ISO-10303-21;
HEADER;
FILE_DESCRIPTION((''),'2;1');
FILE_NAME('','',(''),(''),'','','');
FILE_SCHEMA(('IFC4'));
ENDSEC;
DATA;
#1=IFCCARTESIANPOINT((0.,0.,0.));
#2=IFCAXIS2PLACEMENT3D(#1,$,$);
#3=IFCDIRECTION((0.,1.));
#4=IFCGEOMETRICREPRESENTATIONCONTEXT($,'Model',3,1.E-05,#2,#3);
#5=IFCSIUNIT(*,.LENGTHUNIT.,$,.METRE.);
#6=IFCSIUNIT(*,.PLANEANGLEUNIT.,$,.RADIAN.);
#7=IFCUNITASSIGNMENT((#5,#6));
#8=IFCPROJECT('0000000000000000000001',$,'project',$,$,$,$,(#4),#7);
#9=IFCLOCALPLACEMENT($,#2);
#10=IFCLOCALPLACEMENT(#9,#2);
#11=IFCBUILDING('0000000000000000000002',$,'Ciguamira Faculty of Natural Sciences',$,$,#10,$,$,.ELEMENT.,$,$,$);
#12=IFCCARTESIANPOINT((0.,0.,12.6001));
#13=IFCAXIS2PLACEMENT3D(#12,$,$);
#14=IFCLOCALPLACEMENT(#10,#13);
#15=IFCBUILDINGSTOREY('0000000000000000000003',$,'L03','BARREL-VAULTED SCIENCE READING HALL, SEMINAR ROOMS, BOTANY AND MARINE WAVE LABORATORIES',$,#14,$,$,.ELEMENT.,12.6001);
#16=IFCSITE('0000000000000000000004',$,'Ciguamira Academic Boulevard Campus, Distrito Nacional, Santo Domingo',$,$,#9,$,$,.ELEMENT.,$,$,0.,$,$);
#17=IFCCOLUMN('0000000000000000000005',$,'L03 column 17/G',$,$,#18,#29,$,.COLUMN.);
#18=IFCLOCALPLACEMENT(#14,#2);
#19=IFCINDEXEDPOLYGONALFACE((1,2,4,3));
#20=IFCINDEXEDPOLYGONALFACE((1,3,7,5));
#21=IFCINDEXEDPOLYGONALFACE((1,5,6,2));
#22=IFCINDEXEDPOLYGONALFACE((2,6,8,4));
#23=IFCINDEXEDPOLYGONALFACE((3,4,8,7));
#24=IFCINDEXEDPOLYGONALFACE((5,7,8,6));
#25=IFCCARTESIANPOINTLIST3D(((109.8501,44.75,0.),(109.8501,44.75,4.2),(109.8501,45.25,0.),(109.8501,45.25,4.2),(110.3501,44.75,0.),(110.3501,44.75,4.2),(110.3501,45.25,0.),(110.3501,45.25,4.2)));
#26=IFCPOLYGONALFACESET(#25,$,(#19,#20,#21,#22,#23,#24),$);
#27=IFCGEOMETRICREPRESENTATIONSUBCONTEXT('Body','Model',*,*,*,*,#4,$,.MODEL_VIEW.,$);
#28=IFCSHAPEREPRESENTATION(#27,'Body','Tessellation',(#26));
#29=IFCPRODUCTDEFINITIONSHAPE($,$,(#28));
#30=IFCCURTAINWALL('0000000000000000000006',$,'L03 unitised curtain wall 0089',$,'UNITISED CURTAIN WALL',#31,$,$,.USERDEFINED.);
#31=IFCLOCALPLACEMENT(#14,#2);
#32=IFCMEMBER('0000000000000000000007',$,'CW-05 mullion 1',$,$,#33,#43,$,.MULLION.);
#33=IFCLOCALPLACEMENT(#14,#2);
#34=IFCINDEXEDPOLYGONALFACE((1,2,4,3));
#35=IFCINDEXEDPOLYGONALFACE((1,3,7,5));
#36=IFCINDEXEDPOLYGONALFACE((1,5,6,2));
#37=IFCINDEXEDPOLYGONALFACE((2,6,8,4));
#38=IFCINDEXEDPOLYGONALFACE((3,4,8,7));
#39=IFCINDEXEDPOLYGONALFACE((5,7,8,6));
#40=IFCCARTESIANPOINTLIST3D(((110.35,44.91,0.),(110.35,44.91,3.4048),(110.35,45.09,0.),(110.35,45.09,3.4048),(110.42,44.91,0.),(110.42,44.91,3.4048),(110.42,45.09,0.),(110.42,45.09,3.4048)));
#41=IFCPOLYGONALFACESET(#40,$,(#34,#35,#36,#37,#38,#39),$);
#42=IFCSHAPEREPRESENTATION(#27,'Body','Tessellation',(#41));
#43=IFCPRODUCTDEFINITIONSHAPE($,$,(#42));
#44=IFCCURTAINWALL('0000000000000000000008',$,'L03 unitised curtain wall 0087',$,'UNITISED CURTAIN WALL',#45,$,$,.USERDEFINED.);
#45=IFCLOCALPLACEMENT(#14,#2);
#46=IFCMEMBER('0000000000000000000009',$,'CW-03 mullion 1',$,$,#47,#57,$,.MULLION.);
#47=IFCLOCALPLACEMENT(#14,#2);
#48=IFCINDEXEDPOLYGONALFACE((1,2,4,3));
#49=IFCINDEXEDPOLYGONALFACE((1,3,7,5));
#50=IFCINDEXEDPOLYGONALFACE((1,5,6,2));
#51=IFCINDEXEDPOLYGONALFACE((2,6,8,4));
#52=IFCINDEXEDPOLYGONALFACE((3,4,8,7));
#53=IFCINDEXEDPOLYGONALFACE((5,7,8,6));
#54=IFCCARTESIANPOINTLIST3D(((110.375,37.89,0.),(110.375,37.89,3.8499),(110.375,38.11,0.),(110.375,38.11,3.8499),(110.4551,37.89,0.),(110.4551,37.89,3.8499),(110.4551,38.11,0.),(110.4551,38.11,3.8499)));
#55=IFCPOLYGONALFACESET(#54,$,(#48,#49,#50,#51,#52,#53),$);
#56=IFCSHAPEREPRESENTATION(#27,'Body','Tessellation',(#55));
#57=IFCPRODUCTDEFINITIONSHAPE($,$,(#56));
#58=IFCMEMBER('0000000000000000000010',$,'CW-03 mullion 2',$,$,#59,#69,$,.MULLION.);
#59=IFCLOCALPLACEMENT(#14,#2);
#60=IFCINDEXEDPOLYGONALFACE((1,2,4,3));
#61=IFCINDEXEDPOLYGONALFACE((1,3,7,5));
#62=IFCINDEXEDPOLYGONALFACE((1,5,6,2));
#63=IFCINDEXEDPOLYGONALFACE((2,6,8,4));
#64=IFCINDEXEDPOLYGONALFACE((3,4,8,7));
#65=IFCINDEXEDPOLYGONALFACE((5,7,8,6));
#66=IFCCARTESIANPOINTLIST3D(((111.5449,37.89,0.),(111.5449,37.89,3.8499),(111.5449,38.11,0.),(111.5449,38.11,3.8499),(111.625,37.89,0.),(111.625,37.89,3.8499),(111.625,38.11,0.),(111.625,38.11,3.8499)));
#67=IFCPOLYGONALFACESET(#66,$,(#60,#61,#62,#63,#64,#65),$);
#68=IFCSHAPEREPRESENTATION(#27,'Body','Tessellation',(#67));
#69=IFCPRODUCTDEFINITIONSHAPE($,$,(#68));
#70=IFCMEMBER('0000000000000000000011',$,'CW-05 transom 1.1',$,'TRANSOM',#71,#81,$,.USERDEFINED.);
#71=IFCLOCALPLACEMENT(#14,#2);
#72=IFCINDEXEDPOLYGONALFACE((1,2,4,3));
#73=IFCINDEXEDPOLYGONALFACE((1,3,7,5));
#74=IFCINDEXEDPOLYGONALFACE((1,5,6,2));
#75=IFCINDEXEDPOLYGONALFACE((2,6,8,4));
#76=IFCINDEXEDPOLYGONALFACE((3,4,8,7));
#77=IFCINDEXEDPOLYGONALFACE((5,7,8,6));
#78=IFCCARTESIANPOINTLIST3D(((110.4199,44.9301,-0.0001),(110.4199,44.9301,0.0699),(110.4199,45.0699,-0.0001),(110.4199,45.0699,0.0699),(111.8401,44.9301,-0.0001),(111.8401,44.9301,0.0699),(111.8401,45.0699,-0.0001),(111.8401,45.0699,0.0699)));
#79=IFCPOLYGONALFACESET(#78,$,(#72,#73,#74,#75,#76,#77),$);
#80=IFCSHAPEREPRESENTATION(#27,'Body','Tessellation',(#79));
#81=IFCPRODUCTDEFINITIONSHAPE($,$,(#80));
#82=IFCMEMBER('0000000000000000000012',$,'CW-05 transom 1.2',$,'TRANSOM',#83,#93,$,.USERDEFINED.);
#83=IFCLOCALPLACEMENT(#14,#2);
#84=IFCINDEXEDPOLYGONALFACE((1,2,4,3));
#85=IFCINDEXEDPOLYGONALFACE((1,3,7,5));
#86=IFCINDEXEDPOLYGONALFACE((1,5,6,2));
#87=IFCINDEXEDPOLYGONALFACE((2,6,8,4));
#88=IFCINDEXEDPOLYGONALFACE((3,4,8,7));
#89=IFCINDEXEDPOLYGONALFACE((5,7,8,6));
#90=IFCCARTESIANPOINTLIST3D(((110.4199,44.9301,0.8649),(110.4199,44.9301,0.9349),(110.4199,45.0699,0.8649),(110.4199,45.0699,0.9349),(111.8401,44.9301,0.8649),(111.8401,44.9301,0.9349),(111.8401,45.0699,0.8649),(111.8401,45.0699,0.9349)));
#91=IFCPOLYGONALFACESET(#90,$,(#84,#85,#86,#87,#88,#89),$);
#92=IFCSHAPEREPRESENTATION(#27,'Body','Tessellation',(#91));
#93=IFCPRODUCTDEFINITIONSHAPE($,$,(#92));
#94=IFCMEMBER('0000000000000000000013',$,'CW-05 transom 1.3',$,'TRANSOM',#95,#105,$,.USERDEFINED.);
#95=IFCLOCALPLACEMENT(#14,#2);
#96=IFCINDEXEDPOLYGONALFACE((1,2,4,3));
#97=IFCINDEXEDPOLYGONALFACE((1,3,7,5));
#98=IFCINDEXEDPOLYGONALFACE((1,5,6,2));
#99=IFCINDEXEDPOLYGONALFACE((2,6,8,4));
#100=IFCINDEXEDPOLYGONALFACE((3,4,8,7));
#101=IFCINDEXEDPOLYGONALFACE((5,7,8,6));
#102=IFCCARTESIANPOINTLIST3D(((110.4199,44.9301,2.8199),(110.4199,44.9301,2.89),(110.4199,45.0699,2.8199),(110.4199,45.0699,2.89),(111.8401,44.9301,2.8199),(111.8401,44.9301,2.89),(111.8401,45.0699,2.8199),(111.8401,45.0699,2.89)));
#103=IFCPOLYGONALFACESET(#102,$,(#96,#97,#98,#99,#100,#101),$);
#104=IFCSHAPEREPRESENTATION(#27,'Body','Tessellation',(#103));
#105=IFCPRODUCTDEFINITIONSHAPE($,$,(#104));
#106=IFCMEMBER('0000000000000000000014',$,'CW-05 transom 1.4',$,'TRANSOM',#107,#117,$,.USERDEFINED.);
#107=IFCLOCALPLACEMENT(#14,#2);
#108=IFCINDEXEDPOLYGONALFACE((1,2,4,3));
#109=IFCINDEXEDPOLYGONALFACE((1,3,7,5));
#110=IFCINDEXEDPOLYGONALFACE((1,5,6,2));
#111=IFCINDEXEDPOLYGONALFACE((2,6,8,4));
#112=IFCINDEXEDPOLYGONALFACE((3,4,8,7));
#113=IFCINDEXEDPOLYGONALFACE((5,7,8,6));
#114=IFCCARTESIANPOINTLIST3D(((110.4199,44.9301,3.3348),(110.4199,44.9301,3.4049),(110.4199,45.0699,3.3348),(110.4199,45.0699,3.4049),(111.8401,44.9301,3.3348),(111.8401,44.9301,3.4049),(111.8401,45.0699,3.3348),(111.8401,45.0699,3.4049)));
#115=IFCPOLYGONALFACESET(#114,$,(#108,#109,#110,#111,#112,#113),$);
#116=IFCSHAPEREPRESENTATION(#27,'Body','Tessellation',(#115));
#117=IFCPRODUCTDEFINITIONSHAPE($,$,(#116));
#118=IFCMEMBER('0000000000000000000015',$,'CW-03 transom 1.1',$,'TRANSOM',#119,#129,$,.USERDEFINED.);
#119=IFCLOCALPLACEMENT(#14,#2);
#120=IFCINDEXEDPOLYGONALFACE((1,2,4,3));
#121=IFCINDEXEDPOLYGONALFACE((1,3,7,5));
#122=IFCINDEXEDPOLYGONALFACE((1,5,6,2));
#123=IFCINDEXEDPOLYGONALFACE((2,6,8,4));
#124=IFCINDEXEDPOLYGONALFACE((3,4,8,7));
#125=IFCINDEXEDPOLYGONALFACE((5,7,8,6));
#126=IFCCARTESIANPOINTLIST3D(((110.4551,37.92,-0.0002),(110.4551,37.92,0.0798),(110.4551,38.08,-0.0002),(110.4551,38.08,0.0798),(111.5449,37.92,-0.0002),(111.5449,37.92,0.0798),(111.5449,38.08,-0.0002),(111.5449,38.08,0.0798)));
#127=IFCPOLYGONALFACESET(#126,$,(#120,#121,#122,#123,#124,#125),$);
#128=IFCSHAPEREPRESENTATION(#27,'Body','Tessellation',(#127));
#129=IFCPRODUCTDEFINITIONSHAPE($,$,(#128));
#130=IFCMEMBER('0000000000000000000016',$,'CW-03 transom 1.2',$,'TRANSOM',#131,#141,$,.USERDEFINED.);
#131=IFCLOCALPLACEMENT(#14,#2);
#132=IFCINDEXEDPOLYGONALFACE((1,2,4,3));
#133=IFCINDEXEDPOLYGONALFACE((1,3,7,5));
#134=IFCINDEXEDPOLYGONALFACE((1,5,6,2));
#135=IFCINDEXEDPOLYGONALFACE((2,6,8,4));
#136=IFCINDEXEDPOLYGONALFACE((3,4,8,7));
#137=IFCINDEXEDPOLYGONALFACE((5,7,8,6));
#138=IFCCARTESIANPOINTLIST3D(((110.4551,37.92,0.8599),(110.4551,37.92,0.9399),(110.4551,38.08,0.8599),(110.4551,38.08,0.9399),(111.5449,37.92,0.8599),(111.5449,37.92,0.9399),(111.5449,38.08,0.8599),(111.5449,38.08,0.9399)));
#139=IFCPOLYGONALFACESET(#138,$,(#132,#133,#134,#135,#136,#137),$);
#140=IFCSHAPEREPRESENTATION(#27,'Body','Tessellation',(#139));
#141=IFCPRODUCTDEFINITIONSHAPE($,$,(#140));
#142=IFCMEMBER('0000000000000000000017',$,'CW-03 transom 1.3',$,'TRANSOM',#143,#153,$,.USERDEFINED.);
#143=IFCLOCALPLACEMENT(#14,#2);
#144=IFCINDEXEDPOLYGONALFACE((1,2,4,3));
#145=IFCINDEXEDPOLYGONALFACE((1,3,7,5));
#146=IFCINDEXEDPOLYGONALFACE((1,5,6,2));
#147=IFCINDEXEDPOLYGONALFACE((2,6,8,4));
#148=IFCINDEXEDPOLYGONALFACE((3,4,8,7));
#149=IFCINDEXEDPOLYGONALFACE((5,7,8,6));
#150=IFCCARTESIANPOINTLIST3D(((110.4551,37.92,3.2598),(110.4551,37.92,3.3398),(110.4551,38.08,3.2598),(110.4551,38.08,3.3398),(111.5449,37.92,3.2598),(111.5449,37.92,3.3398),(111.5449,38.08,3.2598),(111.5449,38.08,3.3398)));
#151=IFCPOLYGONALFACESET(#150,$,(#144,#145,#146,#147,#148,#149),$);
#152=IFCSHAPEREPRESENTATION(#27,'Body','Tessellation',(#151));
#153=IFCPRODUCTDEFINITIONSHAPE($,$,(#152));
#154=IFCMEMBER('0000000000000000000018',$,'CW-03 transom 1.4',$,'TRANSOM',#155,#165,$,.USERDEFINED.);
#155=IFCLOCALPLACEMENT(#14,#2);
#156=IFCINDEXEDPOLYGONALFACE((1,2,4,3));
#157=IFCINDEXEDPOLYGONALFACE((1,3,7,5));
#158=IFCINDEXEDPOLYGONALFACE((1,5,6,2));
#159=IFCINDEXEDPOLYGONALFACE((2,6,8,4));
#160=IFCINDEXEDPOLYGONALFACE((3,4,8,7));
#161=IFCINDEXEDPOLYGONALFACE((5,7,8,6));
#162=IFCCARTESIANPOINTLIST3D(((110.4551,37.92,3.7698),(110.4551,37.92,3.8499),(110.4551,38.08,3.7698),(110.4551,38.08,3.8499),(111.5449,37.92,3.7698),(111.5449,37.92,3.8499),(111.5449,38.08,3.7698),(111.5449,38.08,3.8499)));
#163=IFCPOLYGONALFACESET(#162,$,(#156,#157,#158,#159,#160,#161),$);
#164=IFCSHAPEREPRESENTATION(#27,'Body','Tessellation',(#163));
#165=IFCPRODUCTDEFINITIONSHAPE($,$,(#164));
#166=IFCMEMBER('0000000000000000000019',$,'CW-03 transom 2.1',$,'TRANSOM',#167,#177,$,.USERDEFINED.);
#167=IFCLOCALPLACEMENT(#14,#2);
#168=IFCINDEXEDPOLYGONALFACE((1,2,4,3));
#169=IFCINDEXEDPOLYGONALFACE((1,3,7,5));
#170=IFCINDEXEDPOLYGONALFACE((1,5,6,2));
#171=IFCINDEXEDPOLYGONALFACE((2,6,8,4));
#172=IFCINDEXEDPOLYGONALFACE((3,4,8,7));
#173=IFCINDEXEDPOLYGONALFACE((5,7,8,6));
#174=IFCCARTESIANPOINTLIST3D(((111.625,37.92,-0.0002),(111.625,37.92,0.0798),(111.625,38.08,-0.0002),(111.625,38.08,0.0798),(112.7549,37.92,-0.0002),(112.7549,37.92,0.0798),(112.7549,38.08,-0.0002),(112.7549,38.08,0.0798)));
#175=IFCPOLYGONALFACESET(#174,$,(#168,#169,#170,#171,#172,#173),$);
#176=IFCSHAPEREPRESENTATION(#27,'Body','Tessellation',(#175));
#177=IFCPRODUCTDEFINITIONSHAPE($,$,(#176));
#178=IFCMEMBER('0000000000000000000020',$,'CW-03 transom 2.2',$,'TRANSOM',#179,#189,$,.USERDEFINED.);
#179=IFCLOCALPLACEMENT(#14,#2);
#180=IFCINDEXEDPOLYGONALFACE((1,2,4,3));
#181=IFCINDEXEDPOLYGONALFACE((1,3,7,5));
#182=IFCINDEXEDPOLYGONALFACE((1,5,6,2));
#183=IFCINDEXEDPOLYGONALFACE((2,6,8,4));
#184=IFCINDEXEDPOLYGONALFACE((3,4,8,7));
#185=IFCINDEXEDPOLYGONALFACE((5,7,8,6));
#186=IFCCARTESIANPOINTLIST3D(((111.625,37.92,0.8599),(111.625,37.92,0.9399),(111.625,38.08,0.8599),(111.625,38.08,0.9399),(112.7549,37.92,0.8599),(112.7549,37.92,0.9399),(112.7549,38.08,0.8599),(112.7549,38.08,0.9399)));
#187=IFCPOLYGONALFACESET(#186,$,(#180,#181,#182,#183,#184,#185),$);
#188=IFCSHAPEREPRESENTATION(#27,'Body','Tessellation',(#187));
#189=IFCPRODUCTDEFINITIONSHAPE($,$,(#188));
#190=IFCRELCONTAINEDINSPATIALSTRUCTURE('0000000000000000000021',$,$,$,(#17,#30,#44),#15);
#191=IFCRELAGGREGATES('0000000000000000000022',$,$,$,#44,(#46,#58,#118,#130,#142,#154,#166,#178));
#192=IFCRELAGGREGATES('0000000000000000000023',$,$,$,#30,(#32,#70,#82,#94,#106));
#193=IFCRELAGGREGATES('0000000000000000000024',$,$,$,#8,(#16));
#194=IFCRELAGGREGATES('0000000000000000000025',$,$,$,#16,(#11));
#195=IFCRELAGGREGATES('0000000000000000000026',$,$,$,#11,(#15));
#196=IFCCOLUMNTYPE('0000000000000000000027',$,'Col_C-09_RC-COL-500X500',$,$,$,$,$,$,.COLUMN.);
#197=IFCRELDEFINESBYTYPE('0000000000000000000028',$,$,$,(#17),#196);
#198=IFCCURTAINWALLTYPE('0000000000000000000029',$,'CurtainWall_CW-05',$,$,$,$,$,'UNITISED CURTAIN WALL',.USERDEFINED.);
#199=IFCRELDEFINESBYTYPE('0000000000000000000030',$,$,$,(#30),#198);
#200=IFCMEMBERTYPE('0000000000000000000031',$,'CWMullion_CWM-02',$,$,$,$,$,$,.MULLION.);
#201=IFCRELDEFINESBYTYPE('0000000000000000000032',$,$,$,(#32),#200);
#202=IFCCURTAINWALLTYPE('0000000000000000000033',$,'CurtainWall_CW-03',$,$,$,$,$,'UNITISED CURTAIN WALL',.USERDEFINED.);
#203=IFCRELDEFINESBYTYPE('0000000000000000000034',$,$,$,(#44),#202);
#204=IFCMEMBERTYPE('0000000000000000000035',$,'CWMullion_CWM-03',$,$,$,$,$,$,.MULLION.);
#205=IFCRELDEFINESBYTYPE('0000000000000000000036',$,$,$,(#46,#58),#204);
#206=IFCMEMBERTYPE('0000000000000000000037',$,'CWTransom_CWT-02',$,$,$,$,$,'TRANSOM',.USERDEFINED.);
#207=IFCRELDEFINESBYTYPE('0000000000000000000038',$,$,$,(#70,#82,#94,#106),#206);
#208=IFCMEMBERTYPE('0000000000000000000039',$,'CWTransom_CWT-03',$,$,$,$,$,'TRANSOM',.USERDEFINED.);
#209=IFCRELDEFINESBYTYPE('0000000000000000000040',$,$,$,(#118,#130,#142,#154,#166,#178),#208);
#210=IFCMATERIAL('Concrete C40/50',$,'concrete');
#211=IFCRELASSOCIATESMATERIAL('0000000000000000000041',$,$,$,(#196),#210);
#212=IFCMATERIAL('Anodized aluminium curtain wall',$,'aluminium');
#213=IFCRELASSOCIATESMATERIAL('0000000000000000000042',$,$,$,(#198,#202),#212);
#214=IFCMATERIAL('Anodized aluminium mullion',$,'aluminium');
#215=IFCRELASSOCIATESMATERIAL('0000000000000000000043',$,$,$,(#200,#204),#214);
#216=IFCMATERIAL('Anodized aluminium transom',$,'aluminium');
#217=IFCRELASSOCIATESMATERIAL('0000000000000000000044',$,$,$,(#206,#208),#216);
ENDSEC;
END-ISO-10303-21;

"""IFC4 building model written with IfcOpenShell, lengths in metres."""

from ifc_helpers import new_model, si_unit, direction, frame, origin, origin_2d, place, context, subcontext, project, spatial, rectangle, extrude, material, material_profile, profile_set, type_object, element, aggregate, save


model = new_model("IFC4")

# Units and contexts
model_context = context("Model", 3, precision=1e-05, world=origin(), true_north=direction((0.0, 1.0)))
body_context = subcontext(model_context, "Body", "Model", "MODEL_VIEW")
ifc_project = project(units=[si_unit("LENGTHUNIT", "METRE"), si_unit("PLANEANGLEUNIT", "RADIAN")], contexts=[model_context])

# Site, building, storey
site_placement = place(None, origin())
site = spatial("IfcSite", under=ifc_project, at=site_placement, Name="Ciguamira Academic Boulevard Campus, Distrito Nacional, Santo Domingo", CompositionType="ELEMENT", RefElevation=0.0)
building_placement = place(site_placement, origin())
building = spatial("IfcBuilding", under=site, at=building_placement, Name="Ciguamira Faculty of Natural Sciences", CompositionType="ELEMENT")
storey_placement = place(building_placement, frame((0.0, 0.0, 12.6001)))
storey = spatial("IfcBuildingStorey", under=building, at=storey_placement, Name="L03", Description="BARREL-VAULTED SCIENCE READING HALL, SEMINAR ROOMS, BOTANY AND MARINE WAVE LABORATORIES", CompositionType="ELEMENT", Elevation=12.6001)

# Column
ifc_material_1 = material(Name="Concrete C40/50", Category="concrete")
ifc_material_profile_1 = material_profile(ifc_material_1, rectangle(XDim=0.5, YDim=0.5, at=origin_2d()), Name="RC-COL-500X500")
ifc_profile_set_1 = profile_set([ifc_material_profile_1], Name="Concrete C40/50")
column_type = type_object("IfcColumnType", Name="Col_C-09_RC-COL-500X500", PredefinedType="COLUMN", material=ifc_profile_set_1)
column_placement = place(storey_placement, frame((110.1001, 45.0, 0.0), z_axis=(0.0, 0.0, 1.0), x_axis=(1.0, 0.0, 0.0)))
element("IfcColumn", 1, at=column_placement, inside=storey, type_object=column_type, Name="L03 column 17/G", PredefinedType="COLUMN", context=body_context, shape_type="SweptSolid", body=[
    extrude(rectangle(XDim=0.5, YDim=0.5, at=origin_2d()), origin(), (0.0, 0.0, 1.0), 4.2),
])

# Curtain wall, member
ifc_material_2 = material(Name="Anodized aluminium curtain wall", Category="aluminium")
curtain_wall_type_1 = type_object("IfcCurtainWallType", Name="CurtainWall_CW-05", ElementType="UNITISED CURTAIN WALL", PredefinedType="USERDEFINED", material=ifc_material_2)
curtain_wall_1_placement = place(storey_placement, origin())
curtain_wall_1 = element("IfcCurtainWall", 2, at=curtain_wall_1_placement, inside=storey, type_object=curtain_wall_type_1, Name="L03 unitised curtain wall 0089", ObjectType="UNITISED CURTAIN WALL", PredefinedType="USERDEFINED")
ifc_material_3 = material(Name="Anodized aluminium mullion", Category="aluminium")
ifc_material_profile_2 = material_profile(ifc_material_3, rectangle(XDim=0.0701, YDim=0.1799, at=origin_2d()), Name="ALU-MUL-70X180")
ifc_profile_set_2 = profile_set([ifc_material_profile_2], Name="Anodized aluminium mullion")
member_type_1 = type_object("IfcMemberType", Name="CWMullion_CWM-02", PredefinedType="MULLION", material=ifc_profile_set_2)
member_1_placement = place(storey_placement, frame((110.385, 45.0, 0.0), z_axis=(0.0, 0.0, 1.0), x_axis=(1.0, 0.0, 0.0)))
member_1 = element("IfcMember", 3, at=member_1_placement, type_object=member_type_1, Name="CW-05 mullion 1", PredefinedType="MULLION", context=body_context, shape_type="SweptSolid", body=[
    extrude(rectangle(XDim=0.0701, YDim=0.1799, at=origin_2d()), origin(), (0.0, 0.0, 1.0), 3.4048),
])

# Curtain wall, members
curtain_wall_type_2 = type_object("IfcCurtainWallType", Name="CurtainWall_CW-03", ElementType="UNITISED CURTAIN WALL", PredefinedType="USERDEFINED", material=ifc_material_2)
curtain_wall_2_placement = place(storey_placement, origin())
curtain_wall_2 = element("IfcCurtainWall", 4, at=curtain_wall_2_placement, inside=storey, type_object=curtain_wall_type_2, Name="L03 unitised curtain wall 0087", ObjectType="UNITISED CURTAIN WALL", PredefinedType="USERDEFINED")
ifc_material_profile_3 = material_profile(ifc_material_3, rectangle(XDim=0.0801, YDim=0.22, at=origin_2d()), Name="ALU-MUL-80X220")
ifc_profile_set_3 = profile_set([ifc_material_profile_3], Name="Anodized aluminium mullion")
member_type_2 = type_object("IfcMemberType", Name="CWMullion_CWM-03", PredefinedType="MULLION", material=ifc_profile_set_3)
member_2_placement = place(storey_placement, frame((110.415, 38.0, 0.0), z_axis=(0.0, 0.0, 1.0), x_axis=(1.0, 0.0, 0.0)))
member_2 = element("IfcMember", 5, at=member_2_placement, type_object=member_type_2, Name="CW-03 mullion 1", PredefinedType="MULLION", context=body_context, shape_type="SweptSolid", body=[
    extrude(rectangle(XDim=0.0801, YDim=0.22, at=origin_2d()), origin(), (0.0, 0.0, 1.0), 3.8499),
])
member_3_placement = place(storey_placement, frame((111.585, 38.0, 0.0), z_axis=(0.0, 0.0, 1.0), x_axis=(1.0, 0.0, 0.0)))
member_3 = element("IfcMember", 6, at=member_3_placement, type_object=member_type_2, Name="CW-03 mullion 2", PredefinedType="MULLION", context=body_context, shape_type="SweptSolid", body=[
    extrude(rectangle(XDim=0.0801, YDim=0.22, at=origin_2d()), origin(), (0.0, 0.0, 1.0), 3.8499),
])

# Members
ifc_material_4 = material(Name="Anodized aluminium transom", Category="aluminium")
ifc_material_profile_4 = material_profile(ifc_material_4, rectangle(XDim=0.0701, YDim=0.1399, at=origin_2d()), Name="ALU-TRN-70X140")
ifc_profile_set_4 = profile_set([ifc_material_profile_4], Name="Anodized aluminium transom")
member_type_3 = type_object("IfcMemberType", Name="CWTransom_CWT-02", ElementType="TRANSOM", PredefinedType="USERDEFINED", material=ifc_profile_set_4)
member_4_placement = place(storey_placement, frame((110.4199, 45.0, 0.0349), z_axis=(1.0, 0.0, 0.0), x_axis=(0.0, 0.0, 1.0)))
member_4 = element("IfcMember", 7, at=member_4_placement, type_object=member_type_3, Name="CW-05 transom 1.1", ObjectType="TRANSOM", PredefinedType="USERDEFINED", context=body_context, shape_type="SweptSolid", body=[
    extrude(rectangle(XDim=0.0701, YDim=0.1399, at=origin_2d()), origin(), (0.0, 0.0, 1.0), 1.4202),
])
member_5_placement = place(storey_placement, frame((110.4199, 45.0, 0.8999), z_axis=(1.0, 0.0, 0.0), x_axis=(0.0, 0.0, 1.0)))
member_5 = element("IfcMember", 8, at=member_5_placement, type_object=member_type_3, Name="CW-05 transom 1.2", ObjectType="TRANSOM", PredefinedType="USERDEFINED", context=body_context, shape_type="SweptSolid", body=[
    extrude(rectangle(XDim=0.0701, YDim=0.1399, at=origin_2d()), origin(), (0.0, 0.0, 1.0), 1.4202),
])
member_6_placement = place(storey_placement, frame((110.4199, 45.0, 2.855), z_axis=(1.0, 0.0, 0.0), x_axis=(0.0, 0.0, 1.0)))
member_6 = element("IfcMember", 9, at=member_6_placement, type_object=member_type_3, Name="CW-05 transom 1.3", ObjectType="TRANSOM", PredefinedType="USERDEFINED", context=body_context, shape_type="SweptSolid", body=[
    extrude(rectangle(XDim=0.0701, YDim=0.1399, at=origin_2d()), origin(), (0.0, 0.0, 1.0), 1.4202),
])
member_7_placement = place(storey_placement, frame((110.4199, 45.0, 3.3699), z_axis=(1.0, 0.0, 0.0), x_axis=(0.0, 0.0, 1.0)))
member_7 = element("IfcMember", 10, at=member_7_placement, type_object=member_type_3, Name="CW-05 transom 1.4", ObjectType="TRANSOM", PredefinedType="USERDEFINED", context=body_context, shape_type="SweptSolid", body=[
    extrude(rectangle(XDim=0.0701, YDim=0.1399, at=origin_2d()), origin(), (0.0, 0.0, 1.0), 1.4202),
])
ifc_material_profile_5 = material_profile(ifc_material_4, rectangle(XDim=0.0801, YDim=0.1599, at=origin_2d()), Name="ALU-TRN-80X160")
ifc_profile_set_5 = profile_set([ifc_material_profile_5], Name="Anodized aluminium transom")
member_type_4 = type_object("IfcMemberType", Name="CWTransom_CWT-03", ElementType="TRANSOM", PredefinedType="USERDEFINED", material=ifc_profile_set_5)
member_8_placement = place(storey_placement, frame((110.4551, 38.0, 0.0398), z_axis=(1.0, 0.0, 0.0), x_axis=(0.0, 0.0, 1.0)))
member_8 = element("IfcMember", 11, at=member_8_placement, type_object=member_type_4, Name="CW-03 transom 1.1", ObjectType="TRANSOM", PredefinedType="USERDEFINED", context=body_context, shape_type="SweptSolid", body=[
    extrude(rectangle(XDim=0.0801, YDim=0.1599, at=origin_2d()), origin(), (0.0, 0.0, 1.0), 1.0898),
])
member_9_placement = place(storey_placement, frame((110.4551, 38.0, 0.8999), z_axis=(1.0, 0.0, 0.0), x_axis=(0.0, 0.0, 1.0)))
member_9 = element("IfcMember", 12, at=member_9_placement, type_object=member_type_4, Name="CW-03 transom 1.2", ObjectType="TRANSOM", PredefinedType="USERDEFINED", context=body_context, shape_type="SweptSolid", body=[
    extrude(rectangle(XDim=0.0801, YDim=0.1599, at=origin_2d()), origin(), (0.0, 0.0, 1.0), 1.0898),
])
member_10_placement = place(storey_placement, frame((110.4551, 38.0, 3.2998), z_axis=(1.0, 0.0, 0.0), x_axis=(0.0, 0.0, 1.0)))
member_10 = element("IfcMember", 13, at=member_10_placement, type_object=member_type_4, Name="CW-03 transom 1.3", ObjectType="TRANSOM", PredefinedType="USERDEFINED", context=body_context, shape_type="SweptSolid", body=[
    extrude(rectangle(XDim=0.0801, YDim=0.1599, at=origin_2d()), origin(), (0.0, 0.0, 1.0), 1.0898),
])
member_11_placement = place(storey_placement, frame((110.4551, 38.0, 3.8098), z_axis=(1.0, 0.0, 0.0), x_axis=(0.0, 0.0, 1.0)))
member_11 = element("IfcMember", 14, at=member_11_placement, type_object=member_type_4, Name="CW-03 transom 1.4", ObjectType="TRANSOM", PredefinedType="USERDEFINED", context=body_context, shape_type="SweptSolid", body=[
    extrude(rectangle(XDim=0.0801, YDim=0.1599, at=origin_2d()), origin(), (0.0, 0.0, 1.0), 1.0898),
])
member_12_placement = place(storey_placement, frame((111.625, 38.0, 0.0398), z_axis=(1.0, 0.0, 0.0), x_axis=(0.0, 0.0, 1.0)))
member_12 = element("IfcMember", 15, at=member_12_placement, type_object=member_type_4, Name="CW-03 transom 2.1", ObjectType="TRANSOM", PredefinedType="USERDEFINED", context=body_context, shape_type="SweptSolid", body=[
    extrude(rectangle(XDim=0.0801, YDim=0.1599, at=origin_2d()), origin(), (0.0, 0.0, 1.0), 1.1299),
])
member_13_placement = place(storey_placement, frame((111.625, 38.0, 0.8999), z_axis=(1.0, 0.0, 0.0), x_axis=(0.0, 0.0, 1.0)))
member_13 = element("IfcMember", 16, at=member_13_placement, type_object=member_type_4, Name="CW-03 transom 2.2", ObjectType="TRANSOM", PredefinedType="USERDEFINED", context=body_context, shape_type="SweptSolid", body=[
    extrude(rectangle(XDim=0.0801, YDim=0.1599, at=origin_2d()), origin(), (0.0, 0.0, 1.0), 1.1299),
])

aggregate(curtain_wall_2, [member_2, member_3, member_8, member_9, member_10, member_11, member_12, member_13])
aggregate(curtain_wall_1, [member_1, member_4, member_5, member_6, member_7])

save(model, "model.ifc")
